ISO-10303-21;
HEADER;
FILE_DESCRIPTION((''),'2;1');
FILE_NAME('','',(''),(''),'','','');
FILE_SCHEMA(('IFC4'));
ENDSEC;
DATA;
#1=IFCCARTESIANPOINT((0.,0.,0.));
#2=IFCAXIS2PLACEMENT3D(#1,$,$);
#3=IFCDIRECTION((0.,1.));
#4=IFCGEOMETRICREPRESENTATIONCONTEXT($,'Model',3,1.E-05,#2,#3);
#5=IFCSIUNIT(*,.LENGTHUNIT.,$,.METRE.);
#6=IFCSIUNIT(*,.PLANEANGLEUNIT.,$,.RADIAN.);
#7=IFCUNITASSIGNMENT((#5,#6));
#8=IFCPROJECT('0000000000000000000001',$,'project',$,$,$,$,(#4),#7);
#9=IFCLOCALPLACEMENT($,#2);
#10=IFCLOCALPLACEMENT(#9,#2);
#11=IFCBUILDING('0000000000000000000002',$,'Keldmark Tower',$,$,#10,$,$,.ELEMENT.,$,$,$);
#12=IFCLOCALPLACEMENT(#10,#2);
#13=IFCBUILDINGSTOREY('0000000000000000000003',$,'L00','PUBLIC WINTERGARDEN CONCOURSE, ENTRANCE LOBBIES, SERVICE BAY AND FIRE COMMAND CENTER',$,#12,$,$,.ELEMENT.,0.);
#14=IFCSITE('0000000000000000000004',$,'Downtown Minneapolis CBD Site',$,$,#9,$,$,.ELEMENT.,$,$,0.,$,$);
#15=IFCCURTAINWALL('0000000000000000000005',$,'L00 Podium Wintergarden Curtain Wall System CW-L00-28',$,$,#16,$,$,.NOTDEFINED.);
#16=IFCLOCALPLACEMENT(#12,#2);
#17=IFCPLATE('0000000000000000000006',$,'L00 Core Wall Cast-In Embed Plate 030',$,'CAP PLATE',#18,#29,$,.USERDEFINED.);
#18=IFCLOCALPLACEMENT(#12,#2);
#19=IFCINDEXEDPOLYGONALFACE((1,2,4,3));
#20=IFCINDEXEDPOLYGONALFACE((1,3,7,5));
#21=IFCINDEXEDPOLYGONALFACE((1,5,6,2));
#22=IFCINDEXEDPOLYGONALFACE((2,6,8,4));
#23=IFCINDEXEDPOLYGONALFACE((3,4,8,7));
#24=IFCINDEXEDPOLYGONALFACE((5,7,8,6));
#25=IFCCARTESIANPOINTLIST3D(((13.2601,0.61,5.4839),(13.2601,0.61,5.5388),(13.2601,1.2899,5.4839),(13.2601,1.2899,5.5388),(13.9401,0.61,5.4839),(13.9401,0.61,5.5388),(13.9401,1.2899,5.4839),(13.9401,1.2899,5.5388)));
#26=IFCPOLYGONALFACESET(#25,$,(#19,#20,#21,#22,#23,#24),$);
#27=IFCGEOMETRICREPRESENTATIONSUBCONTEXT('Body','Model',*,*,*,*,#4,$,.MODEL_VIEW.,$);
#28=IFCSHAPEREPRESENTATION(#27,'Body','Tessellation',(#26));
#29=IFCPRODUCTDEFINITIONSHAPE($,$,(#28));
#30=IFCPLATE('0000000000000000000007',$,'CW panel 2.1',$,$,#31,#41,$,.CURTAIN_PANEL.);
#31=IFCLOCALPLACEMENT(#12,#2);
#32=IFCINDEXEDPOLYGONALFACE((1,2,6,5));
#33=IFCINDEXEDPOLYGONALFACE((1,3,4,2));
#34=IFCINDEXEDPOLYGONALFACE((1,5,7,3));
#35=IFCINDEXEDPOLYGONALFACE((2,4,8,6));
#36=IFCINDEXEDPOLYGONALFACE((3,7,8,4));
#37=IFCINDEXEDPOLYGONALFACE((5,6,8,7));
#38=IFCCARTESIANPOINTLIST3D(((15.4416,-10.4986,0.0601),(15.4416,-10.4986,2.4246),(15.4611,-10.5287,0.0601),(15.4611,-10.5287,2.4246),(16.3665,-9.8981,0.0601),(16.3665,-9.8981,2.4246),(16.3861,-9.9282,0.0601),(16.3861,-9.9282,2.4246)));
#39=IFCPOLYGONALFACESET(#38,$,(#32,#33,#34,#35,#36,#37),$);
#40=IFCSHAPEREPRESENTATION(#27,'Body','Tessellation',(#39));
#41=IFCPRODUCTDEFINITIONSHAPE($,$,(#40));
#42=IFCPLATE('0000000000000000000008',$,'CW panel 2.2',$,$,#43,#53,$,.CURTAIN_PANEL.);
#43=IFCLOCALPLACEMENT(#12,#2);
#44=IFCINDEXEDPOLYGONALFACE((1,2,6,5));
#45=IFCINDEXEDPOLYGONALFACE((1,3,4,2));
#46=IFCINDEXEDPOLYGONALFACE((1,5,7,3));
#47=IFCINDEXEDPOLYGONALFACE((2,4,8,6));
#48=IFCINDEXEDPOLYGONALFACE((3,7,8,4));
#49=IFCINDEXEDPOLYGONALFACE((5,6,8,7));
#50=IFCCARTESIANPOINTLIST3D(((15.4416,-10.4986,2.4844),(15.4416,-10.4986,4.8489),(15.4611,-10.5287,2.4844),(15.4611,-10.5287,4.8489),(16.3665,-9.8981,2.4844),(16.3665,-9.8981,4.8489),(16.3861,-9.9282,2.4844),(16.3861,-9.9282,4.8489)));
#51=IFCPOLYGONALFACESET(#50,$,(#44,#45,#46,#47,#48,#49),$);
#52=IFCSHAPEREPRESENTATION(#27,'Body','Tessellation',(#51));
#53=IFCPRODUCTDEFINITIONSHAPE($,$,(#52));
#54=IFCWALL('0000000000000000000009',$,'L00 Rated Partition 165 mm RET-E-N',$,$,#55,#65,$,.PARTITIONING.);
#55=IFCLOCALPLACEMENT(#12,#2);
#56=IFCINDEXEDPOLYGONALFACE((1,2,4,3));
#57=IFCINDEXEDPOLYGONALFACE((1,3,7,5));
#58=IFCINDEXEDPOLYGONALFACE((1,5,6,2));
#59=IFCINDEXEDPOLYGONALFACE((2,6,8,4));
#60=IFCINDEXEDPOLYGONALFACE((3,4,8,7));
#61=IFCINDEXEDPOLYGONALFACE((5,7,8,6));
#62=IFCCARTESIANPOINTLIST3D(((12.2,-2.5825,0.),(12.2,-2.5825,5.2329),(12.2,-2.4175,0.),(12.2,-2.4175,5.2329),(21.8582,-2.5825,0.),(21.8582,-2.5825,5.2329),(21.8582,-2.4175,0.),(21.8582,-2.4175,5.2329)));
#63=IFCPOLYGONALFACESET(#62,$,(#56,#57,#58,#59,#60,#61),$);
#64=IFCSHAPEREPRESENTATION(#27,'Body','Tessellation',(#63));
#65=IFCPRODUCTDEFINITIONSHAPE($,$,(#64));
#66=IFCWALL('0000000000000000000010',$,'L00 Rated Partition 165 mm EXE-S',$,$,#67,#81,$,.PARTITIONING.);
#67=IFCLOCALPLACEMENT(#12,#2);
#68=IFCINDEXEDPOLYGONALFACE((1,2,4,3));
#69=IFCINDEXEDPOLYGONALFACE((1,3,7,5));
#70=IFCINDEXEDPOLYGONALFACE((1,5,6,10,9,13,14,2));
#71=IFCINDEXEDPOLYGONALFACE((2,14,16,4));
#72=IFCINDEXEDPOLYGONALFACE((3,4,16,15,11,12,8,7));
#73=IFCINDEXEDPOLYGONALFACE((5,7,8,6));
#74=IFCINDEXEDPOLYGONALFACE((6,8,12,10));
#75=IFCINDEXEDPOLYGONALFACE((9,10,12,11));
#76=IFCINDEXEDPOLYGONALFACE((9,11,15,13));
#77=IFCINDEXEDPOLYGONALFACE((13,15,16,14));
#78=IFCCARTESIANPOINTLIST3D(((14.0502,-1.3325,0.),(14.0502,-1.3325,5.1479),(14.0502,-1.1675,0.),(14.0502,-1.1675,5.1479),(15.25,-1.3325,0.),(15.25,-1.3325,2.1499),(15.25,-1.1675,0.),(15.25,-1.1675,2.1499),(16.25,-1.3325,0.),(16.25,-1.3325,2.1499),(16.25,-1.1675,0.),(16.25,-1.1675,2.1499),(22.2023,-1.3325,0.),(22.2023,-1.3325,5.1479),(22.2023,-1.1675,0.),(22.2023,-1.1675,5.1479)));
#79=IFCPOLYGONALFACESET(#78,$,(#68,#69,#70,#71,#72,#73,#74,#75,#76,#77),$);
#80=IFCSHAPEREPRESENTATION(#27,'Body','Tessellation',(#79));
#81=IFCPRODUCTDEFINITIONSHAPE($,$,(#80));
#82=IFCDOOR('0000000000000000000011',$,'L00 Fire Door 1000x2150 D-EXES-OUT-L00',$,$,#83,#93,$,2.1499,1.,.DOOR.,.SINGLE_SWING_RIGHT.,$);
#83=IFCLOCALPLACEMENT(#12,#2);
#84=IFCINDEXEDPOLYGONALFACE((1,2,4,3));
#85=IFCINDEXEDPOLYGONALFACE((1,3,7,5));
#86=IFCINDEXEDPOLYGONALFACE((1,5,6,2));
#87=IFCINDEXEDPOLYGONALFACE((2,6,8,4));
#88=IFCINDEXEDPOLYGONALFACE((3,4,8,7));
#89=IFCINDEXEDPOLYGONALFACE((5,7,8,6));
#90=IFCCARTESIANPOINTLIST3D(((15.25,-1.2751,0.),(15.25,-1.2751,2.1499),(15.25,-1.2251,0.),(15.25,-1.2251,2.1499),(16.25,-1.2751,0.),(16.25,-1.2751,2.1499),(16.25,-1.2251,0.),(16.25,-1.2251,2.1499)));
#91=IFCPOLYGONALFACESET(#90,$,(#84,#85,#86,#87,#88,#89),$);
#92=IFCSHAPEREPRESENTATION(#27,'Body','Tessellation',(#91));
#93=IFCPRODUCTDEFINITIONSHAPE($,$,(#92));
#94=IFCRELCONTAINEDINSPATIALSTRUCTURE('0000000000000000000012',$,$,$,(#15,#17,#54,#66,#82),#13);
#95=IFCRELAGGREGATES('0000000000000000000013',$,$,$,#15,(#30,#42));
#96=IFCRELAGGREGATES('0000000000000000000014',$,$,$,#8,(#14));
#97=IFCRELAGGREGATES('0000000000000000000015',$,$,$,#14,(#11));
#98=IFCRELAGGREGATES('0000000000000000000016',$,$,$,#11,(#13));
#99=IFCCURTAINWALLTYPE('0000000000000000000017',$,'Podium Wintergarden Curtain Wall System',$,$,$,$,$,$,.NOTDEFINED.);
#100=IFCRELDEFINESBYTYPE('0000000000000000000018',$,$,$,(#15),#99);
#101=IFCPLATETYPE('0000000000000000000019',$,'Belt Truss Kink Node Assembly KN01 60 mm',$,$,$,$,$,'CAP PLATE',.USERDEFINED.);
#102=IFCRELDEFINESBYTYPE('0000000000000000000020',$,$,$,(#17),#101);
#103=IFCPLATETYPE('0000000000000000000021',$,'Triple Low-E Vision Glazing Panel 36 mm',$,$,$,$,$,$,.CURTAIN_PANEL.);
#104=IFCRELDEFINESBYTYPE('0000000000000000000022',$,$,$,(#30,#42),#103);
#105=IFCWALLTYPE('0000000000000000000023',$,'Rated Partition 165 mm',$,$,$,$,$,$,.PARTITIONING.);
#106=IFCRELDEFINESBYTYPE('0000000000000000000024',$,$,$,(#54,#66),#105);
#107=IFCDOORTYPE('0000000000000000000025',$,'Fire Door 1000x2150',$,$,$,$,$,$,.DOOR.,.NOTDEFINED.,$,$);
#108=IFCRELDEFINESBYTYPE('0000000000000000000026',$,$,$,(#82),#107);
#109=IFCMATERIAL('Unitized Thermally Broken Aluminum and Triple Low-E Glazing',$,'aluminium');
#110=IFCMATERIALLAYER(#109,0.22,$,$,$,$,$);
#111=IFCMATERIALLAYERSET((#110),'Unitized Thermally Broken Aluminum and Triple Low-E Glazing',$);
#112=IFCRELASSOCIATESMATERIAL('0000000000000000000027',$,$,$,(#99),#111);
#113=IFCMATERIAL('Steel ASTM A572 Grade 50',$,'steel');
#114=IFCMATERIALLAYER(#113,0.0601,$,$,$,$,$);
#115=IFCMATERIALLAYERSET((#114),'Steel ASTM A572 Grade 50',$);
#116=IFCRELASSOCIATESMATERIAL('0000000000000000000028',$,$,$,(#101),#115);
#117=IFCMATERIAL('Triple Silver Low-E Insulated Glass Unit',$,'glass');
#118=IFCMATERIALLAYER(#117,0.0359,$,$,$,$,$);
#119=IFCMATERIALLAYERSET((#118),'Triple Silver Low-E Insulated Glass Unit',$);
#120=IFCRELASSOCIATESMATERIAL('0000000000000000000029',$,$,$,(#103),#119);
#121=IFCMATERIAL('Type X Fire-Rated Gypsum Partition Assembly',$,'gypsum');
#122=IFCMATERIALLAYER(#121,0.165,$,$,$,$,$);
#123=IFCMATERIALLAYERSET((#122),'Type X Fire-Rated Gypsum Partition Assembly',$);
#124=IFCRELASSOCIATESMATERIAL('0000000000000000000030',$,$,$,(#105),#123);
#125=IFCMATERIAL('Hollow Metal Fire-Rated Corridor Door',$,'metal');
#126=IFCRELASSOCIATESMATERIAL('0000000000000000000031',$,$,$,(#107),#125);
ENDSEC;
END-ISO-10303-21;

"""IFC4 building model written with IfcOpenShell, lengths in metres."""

from ifc_helpers import new_model, si_unit, direction, frame, frame_2d, origin, origin_2d, place, context, subcontext, project, spatial, rectangle, extrude, material, layer, layer_set, type_object, element, fill, aggregate, save


model = new_model("IFC4")

# Units and contexts
model_context = context("Model", 3, precision=1e-05, world=origin(), true_north=direction((0.0, 1.0)))
body_context = subcontext(model_context, "Body", "Model", "MODEL_VIEW")
ifc_project = project(units=[si_unit("LENGTHUNIT", "METRE"), si_unit("PLANEANGLEUNIT", "RADIAN")], contexts=[model_context])

# Site, building, storey
site_placement = place(None, origin())
site = spatial("IfcSite", under=ifc_project, at=site_placement, Name="Downtown Minneapolis CBD Site", CompositionType="ELEMENT", RefElevation=0.0)
building_placement = place(site_placement, origin())
building = spatial("IfcBuilding", under=site, at=building_placement, Name="Keldmark Tower", CompositionType="ELEMENT")
storey_placement = place(building_placement, origin())
storey = spatial("IfcBuildingStorey", under=building, at=storey_placement, Name="L00", Description="PUBLIC WINTERGARDEN CONCOURSE, ENTRANCE LOBBIES, SERVICE BAY AND FIRE COMMAND CENTER", CompositionType="ELEMENT", Elevation=0.0)

# Curtain wall
ifc_material_1 = material(Name="Unitized Thermally Broken Aluminum and Triple Low-E Glazing", Category="aluminium")
ifc_layer_1 = layer(ifc_material_1, 0.22)
ifc_layer_set_1 = layer_set([ifc_layer_1], Name="Unitized Thermally Broken Aluminum and Triple Low-E Glazing")
curtain_wall_type = type_object("IfcCurtainWallType", Name="Podium Wintergarden Curtain Wall System", PredefinedType="NOTDEFINED", material=ifc_layer_set_1)
curtain_wall_placement = place(storey_placement, origin())
curtain_wall = element("IfcCurtainWall", 1, at=curtain_wall_placement, inside=storey, type_object=curtain_wall_type, Name="L00 Podium Wintergarden Curtain Wall System CW-L00-28", PredefinedType="NOTDEFINED")

# Plates
ifc_material_2 = material(Name="Steel ASTM A572 Grade 50", Category="steel")
ifc_layer_2 = layer(ifc_material_2, 0.0601)
ifc_layer_set_2 = layer_set([ifc_layer_2], Name="Steel ASTM A572 Grade 50")
plate_type_1 = type_object("IfcPlateType", Name="Belt Truss Kink Node Assembly KN01 60 mm", ElementType="CAP PLATE", PredefinedType="USERDEFINED", material=ifc_layer_set_2)
plate_1_placement = place(storey_placement, frame((13.6001, 0.95, 5.4839), z_axis=(0.0, 0.0, 1.0), x_axis=(1.0, 0.0, 0.0)))
element("IfcPlate", 2, at=plate_1_placement, inside=storey, type_object=plate_type_1, Name="L00 Core Wall Cast-In Embed Plate 030", ObjectType="CAP PLATE", PredefinedType="USERDEFINED", context=body_context, shape_type="SweptSolid", body=[
    extrude(rectangle(XDim=0.6799, YDim=0.6799, at=origin_2d()), origin(), (0.0, 0.0, 1.0), 0.0549),
])
ifc_material_3 = material(Name="Triple Silver Low-E Insulated Glass Unit", Category="glass")
ifc_layer_3 = layer(ifc_material_3, 0.0359)
ifc_layer_set_3 = layer_set([ifc_layer_3], Name="Triple Silver Low-E Insulated Glass Unit")
plate_type_2 = type_object("IfcPlateType", Name="Triple Low-E Vision Glazing Panel 36 mm", PredefinedType="CURTAIN_PANEL", material=ifc_layer_set_3)
plate_2_placement = place(storey_placement, frame((15.9138, -10.2134, 0.0601), z_axis=(0.0, 0.0, 1.0), x_axis=(0.838763, 0.544496, 0.0)))
plate_2 = element("IfcPlate", 3, at=plate_2_placement, type_object=plate_type_2, Name="CW panel 2.1", PredefinedType="CURTAIN_PANEL", context=body_context, shape_type="SweptSolid", body=[
    extrude(rectangle(XDim=1.1028, YDim=0.0359, at=origin_2d()), origin(), (0.0, 0.0, 1.0), 2.3645),
])
plate_3_placement = place(storey_placement, frame((15.9138, -10.2134, 2.4844), z_axis=(0.0, 0.0, 1.0), x_axis=(0.838763, 0.544496, 0.0)))
plate_3 = element("IfcPlate", 4, at=plate_3_placement, type_object=plate_type_2, Name="CW panel 2.2", PredefinedType="CURTAIN_PANEL", context=body_context, shape_type="SweptSolid", body=[
    extrude(rectangle(XDim=1.1028, YDim=0.0359, at=origin_2d()), origin(), (0.0, 0.0, 1.0), 2.3645),
])
aggregate(curtain_wall, [plate_2, plate_3])

# Shared definitions
ifc_material_4 = material(Name="Type X Fire-Rated Gypsum Partition Assembly", Category="gypsum")
ifc_layer_4 = layer(ifc_material_4, 0.165)
ifc_layer_set_4 = layer_set([ifc_layer_4], Name="Type X Fire-Rated Gypsum Partition Assembly")
wall_type_1 = type_object("IfcWallType", Name="Rated Partition 165 mm", PredefinedType="PARTITIONING", material=ifc_layer_set_4)

# Wall
wall_1_placement = place(storey_placement, frame((12.2, -2.5, 0.0), z_axis=(0.0, 0.0, 1.0), x_axis=(1.0, 0.0, 0.0)))
element("IfcWall", 5, at=wall_1_placement, inside=storey, type_object=wall_type_1, Name="L00 Rated Partition 165 mm RET-E-N", PredefinedType="PARTITIONING", context=body_context, shape_type="SweptSolid", body=[
    extrude(rectangle(XDim=9.6582, YDim=0.165, at=frame_2d((4.8291, 0.0))), origin(), (0.0, 0.0, 1.0), 5.2329),
])

# Wall, opening, door
wall_2_placement = place(storey_placement, frame((14.05, -1.25, 0.0), z_axis=(0.0, 0.0, 1.0), x_axis=(1.0, 0.0, 0.0)))
wall_2 = element("IfcWall", 6, at=wall_2_placement, inside=storey, type_object=wall_type_1, Name="L00 Rated Partition 165 mm EXE-S", PredefinedType="PARTITIONING", context=body_context, shape_type="SweptSolid", body=[
    extrude(rectangle(XDim=8.1521, YDim=0.165, at=frame_2d((4.0762, 0.0))), origin(), (0.0, 0.0, 1.0), 5.1479),
])
opening_1_placement = place(wall_2_placement, frame((1.2, 0.0, 0.0)))
opening_1 = element("IfcOpeningElement", 7, at=opening_1_placement, cuts=wall_2, PredefinedType="OPENING", context=body_context, shape_type="SweptSolid", body=[
    extrude(rectangle(XDim=1.0, YDim=2.1499, at=frame_2d((0.5, 1.075))), frame((0.0, 0.0925, 0.0), z_axis=(0.0, -1.0, 0.0), x_axis=(1.0, 0.0, 0.0)), (0.0, 0.0, 1.0), 0.1851),
])
ifc_material_5 = material(Name="Hollow Metal Fire-Rated Corridor Door", Category="metal")
door_type_1 = type_object("IfcDoorType", Name="Fire Door 1000x2150", OperationType="NOTDEFINED", PredefinedType="DOOR", material=ifc_material_5)
door_1_placement = place(opening_1_placement, origin())
door_1 = element("IfcDoor", 8, at=door_1_placement, inside=storey, type_object=door_type_1, Name="L00 Fire Door 1000x2150 D-EXES-OUT-L00", OperationType="SINGLE_SWING_RIGHT", OverallHeight=2.1499, OverallWidth=1.0, PredefinedType="DOOR", context=body_context, shape_type="SweptSolid", body=[
    extrude(rectangle(XDim=1.0, YDim=2.1499, at=frame_2d((0.5, 1.075))), frame((0.0, 0.0249, 0.0), z_axis=(0.0, -1.0, 0.0), x_axis=(1.0, 0.0, 0.0)), (0.0, 0.0, 1.0), 0.05),
])
fill(opening_1, door_1)

save(model, "model.ifc")
